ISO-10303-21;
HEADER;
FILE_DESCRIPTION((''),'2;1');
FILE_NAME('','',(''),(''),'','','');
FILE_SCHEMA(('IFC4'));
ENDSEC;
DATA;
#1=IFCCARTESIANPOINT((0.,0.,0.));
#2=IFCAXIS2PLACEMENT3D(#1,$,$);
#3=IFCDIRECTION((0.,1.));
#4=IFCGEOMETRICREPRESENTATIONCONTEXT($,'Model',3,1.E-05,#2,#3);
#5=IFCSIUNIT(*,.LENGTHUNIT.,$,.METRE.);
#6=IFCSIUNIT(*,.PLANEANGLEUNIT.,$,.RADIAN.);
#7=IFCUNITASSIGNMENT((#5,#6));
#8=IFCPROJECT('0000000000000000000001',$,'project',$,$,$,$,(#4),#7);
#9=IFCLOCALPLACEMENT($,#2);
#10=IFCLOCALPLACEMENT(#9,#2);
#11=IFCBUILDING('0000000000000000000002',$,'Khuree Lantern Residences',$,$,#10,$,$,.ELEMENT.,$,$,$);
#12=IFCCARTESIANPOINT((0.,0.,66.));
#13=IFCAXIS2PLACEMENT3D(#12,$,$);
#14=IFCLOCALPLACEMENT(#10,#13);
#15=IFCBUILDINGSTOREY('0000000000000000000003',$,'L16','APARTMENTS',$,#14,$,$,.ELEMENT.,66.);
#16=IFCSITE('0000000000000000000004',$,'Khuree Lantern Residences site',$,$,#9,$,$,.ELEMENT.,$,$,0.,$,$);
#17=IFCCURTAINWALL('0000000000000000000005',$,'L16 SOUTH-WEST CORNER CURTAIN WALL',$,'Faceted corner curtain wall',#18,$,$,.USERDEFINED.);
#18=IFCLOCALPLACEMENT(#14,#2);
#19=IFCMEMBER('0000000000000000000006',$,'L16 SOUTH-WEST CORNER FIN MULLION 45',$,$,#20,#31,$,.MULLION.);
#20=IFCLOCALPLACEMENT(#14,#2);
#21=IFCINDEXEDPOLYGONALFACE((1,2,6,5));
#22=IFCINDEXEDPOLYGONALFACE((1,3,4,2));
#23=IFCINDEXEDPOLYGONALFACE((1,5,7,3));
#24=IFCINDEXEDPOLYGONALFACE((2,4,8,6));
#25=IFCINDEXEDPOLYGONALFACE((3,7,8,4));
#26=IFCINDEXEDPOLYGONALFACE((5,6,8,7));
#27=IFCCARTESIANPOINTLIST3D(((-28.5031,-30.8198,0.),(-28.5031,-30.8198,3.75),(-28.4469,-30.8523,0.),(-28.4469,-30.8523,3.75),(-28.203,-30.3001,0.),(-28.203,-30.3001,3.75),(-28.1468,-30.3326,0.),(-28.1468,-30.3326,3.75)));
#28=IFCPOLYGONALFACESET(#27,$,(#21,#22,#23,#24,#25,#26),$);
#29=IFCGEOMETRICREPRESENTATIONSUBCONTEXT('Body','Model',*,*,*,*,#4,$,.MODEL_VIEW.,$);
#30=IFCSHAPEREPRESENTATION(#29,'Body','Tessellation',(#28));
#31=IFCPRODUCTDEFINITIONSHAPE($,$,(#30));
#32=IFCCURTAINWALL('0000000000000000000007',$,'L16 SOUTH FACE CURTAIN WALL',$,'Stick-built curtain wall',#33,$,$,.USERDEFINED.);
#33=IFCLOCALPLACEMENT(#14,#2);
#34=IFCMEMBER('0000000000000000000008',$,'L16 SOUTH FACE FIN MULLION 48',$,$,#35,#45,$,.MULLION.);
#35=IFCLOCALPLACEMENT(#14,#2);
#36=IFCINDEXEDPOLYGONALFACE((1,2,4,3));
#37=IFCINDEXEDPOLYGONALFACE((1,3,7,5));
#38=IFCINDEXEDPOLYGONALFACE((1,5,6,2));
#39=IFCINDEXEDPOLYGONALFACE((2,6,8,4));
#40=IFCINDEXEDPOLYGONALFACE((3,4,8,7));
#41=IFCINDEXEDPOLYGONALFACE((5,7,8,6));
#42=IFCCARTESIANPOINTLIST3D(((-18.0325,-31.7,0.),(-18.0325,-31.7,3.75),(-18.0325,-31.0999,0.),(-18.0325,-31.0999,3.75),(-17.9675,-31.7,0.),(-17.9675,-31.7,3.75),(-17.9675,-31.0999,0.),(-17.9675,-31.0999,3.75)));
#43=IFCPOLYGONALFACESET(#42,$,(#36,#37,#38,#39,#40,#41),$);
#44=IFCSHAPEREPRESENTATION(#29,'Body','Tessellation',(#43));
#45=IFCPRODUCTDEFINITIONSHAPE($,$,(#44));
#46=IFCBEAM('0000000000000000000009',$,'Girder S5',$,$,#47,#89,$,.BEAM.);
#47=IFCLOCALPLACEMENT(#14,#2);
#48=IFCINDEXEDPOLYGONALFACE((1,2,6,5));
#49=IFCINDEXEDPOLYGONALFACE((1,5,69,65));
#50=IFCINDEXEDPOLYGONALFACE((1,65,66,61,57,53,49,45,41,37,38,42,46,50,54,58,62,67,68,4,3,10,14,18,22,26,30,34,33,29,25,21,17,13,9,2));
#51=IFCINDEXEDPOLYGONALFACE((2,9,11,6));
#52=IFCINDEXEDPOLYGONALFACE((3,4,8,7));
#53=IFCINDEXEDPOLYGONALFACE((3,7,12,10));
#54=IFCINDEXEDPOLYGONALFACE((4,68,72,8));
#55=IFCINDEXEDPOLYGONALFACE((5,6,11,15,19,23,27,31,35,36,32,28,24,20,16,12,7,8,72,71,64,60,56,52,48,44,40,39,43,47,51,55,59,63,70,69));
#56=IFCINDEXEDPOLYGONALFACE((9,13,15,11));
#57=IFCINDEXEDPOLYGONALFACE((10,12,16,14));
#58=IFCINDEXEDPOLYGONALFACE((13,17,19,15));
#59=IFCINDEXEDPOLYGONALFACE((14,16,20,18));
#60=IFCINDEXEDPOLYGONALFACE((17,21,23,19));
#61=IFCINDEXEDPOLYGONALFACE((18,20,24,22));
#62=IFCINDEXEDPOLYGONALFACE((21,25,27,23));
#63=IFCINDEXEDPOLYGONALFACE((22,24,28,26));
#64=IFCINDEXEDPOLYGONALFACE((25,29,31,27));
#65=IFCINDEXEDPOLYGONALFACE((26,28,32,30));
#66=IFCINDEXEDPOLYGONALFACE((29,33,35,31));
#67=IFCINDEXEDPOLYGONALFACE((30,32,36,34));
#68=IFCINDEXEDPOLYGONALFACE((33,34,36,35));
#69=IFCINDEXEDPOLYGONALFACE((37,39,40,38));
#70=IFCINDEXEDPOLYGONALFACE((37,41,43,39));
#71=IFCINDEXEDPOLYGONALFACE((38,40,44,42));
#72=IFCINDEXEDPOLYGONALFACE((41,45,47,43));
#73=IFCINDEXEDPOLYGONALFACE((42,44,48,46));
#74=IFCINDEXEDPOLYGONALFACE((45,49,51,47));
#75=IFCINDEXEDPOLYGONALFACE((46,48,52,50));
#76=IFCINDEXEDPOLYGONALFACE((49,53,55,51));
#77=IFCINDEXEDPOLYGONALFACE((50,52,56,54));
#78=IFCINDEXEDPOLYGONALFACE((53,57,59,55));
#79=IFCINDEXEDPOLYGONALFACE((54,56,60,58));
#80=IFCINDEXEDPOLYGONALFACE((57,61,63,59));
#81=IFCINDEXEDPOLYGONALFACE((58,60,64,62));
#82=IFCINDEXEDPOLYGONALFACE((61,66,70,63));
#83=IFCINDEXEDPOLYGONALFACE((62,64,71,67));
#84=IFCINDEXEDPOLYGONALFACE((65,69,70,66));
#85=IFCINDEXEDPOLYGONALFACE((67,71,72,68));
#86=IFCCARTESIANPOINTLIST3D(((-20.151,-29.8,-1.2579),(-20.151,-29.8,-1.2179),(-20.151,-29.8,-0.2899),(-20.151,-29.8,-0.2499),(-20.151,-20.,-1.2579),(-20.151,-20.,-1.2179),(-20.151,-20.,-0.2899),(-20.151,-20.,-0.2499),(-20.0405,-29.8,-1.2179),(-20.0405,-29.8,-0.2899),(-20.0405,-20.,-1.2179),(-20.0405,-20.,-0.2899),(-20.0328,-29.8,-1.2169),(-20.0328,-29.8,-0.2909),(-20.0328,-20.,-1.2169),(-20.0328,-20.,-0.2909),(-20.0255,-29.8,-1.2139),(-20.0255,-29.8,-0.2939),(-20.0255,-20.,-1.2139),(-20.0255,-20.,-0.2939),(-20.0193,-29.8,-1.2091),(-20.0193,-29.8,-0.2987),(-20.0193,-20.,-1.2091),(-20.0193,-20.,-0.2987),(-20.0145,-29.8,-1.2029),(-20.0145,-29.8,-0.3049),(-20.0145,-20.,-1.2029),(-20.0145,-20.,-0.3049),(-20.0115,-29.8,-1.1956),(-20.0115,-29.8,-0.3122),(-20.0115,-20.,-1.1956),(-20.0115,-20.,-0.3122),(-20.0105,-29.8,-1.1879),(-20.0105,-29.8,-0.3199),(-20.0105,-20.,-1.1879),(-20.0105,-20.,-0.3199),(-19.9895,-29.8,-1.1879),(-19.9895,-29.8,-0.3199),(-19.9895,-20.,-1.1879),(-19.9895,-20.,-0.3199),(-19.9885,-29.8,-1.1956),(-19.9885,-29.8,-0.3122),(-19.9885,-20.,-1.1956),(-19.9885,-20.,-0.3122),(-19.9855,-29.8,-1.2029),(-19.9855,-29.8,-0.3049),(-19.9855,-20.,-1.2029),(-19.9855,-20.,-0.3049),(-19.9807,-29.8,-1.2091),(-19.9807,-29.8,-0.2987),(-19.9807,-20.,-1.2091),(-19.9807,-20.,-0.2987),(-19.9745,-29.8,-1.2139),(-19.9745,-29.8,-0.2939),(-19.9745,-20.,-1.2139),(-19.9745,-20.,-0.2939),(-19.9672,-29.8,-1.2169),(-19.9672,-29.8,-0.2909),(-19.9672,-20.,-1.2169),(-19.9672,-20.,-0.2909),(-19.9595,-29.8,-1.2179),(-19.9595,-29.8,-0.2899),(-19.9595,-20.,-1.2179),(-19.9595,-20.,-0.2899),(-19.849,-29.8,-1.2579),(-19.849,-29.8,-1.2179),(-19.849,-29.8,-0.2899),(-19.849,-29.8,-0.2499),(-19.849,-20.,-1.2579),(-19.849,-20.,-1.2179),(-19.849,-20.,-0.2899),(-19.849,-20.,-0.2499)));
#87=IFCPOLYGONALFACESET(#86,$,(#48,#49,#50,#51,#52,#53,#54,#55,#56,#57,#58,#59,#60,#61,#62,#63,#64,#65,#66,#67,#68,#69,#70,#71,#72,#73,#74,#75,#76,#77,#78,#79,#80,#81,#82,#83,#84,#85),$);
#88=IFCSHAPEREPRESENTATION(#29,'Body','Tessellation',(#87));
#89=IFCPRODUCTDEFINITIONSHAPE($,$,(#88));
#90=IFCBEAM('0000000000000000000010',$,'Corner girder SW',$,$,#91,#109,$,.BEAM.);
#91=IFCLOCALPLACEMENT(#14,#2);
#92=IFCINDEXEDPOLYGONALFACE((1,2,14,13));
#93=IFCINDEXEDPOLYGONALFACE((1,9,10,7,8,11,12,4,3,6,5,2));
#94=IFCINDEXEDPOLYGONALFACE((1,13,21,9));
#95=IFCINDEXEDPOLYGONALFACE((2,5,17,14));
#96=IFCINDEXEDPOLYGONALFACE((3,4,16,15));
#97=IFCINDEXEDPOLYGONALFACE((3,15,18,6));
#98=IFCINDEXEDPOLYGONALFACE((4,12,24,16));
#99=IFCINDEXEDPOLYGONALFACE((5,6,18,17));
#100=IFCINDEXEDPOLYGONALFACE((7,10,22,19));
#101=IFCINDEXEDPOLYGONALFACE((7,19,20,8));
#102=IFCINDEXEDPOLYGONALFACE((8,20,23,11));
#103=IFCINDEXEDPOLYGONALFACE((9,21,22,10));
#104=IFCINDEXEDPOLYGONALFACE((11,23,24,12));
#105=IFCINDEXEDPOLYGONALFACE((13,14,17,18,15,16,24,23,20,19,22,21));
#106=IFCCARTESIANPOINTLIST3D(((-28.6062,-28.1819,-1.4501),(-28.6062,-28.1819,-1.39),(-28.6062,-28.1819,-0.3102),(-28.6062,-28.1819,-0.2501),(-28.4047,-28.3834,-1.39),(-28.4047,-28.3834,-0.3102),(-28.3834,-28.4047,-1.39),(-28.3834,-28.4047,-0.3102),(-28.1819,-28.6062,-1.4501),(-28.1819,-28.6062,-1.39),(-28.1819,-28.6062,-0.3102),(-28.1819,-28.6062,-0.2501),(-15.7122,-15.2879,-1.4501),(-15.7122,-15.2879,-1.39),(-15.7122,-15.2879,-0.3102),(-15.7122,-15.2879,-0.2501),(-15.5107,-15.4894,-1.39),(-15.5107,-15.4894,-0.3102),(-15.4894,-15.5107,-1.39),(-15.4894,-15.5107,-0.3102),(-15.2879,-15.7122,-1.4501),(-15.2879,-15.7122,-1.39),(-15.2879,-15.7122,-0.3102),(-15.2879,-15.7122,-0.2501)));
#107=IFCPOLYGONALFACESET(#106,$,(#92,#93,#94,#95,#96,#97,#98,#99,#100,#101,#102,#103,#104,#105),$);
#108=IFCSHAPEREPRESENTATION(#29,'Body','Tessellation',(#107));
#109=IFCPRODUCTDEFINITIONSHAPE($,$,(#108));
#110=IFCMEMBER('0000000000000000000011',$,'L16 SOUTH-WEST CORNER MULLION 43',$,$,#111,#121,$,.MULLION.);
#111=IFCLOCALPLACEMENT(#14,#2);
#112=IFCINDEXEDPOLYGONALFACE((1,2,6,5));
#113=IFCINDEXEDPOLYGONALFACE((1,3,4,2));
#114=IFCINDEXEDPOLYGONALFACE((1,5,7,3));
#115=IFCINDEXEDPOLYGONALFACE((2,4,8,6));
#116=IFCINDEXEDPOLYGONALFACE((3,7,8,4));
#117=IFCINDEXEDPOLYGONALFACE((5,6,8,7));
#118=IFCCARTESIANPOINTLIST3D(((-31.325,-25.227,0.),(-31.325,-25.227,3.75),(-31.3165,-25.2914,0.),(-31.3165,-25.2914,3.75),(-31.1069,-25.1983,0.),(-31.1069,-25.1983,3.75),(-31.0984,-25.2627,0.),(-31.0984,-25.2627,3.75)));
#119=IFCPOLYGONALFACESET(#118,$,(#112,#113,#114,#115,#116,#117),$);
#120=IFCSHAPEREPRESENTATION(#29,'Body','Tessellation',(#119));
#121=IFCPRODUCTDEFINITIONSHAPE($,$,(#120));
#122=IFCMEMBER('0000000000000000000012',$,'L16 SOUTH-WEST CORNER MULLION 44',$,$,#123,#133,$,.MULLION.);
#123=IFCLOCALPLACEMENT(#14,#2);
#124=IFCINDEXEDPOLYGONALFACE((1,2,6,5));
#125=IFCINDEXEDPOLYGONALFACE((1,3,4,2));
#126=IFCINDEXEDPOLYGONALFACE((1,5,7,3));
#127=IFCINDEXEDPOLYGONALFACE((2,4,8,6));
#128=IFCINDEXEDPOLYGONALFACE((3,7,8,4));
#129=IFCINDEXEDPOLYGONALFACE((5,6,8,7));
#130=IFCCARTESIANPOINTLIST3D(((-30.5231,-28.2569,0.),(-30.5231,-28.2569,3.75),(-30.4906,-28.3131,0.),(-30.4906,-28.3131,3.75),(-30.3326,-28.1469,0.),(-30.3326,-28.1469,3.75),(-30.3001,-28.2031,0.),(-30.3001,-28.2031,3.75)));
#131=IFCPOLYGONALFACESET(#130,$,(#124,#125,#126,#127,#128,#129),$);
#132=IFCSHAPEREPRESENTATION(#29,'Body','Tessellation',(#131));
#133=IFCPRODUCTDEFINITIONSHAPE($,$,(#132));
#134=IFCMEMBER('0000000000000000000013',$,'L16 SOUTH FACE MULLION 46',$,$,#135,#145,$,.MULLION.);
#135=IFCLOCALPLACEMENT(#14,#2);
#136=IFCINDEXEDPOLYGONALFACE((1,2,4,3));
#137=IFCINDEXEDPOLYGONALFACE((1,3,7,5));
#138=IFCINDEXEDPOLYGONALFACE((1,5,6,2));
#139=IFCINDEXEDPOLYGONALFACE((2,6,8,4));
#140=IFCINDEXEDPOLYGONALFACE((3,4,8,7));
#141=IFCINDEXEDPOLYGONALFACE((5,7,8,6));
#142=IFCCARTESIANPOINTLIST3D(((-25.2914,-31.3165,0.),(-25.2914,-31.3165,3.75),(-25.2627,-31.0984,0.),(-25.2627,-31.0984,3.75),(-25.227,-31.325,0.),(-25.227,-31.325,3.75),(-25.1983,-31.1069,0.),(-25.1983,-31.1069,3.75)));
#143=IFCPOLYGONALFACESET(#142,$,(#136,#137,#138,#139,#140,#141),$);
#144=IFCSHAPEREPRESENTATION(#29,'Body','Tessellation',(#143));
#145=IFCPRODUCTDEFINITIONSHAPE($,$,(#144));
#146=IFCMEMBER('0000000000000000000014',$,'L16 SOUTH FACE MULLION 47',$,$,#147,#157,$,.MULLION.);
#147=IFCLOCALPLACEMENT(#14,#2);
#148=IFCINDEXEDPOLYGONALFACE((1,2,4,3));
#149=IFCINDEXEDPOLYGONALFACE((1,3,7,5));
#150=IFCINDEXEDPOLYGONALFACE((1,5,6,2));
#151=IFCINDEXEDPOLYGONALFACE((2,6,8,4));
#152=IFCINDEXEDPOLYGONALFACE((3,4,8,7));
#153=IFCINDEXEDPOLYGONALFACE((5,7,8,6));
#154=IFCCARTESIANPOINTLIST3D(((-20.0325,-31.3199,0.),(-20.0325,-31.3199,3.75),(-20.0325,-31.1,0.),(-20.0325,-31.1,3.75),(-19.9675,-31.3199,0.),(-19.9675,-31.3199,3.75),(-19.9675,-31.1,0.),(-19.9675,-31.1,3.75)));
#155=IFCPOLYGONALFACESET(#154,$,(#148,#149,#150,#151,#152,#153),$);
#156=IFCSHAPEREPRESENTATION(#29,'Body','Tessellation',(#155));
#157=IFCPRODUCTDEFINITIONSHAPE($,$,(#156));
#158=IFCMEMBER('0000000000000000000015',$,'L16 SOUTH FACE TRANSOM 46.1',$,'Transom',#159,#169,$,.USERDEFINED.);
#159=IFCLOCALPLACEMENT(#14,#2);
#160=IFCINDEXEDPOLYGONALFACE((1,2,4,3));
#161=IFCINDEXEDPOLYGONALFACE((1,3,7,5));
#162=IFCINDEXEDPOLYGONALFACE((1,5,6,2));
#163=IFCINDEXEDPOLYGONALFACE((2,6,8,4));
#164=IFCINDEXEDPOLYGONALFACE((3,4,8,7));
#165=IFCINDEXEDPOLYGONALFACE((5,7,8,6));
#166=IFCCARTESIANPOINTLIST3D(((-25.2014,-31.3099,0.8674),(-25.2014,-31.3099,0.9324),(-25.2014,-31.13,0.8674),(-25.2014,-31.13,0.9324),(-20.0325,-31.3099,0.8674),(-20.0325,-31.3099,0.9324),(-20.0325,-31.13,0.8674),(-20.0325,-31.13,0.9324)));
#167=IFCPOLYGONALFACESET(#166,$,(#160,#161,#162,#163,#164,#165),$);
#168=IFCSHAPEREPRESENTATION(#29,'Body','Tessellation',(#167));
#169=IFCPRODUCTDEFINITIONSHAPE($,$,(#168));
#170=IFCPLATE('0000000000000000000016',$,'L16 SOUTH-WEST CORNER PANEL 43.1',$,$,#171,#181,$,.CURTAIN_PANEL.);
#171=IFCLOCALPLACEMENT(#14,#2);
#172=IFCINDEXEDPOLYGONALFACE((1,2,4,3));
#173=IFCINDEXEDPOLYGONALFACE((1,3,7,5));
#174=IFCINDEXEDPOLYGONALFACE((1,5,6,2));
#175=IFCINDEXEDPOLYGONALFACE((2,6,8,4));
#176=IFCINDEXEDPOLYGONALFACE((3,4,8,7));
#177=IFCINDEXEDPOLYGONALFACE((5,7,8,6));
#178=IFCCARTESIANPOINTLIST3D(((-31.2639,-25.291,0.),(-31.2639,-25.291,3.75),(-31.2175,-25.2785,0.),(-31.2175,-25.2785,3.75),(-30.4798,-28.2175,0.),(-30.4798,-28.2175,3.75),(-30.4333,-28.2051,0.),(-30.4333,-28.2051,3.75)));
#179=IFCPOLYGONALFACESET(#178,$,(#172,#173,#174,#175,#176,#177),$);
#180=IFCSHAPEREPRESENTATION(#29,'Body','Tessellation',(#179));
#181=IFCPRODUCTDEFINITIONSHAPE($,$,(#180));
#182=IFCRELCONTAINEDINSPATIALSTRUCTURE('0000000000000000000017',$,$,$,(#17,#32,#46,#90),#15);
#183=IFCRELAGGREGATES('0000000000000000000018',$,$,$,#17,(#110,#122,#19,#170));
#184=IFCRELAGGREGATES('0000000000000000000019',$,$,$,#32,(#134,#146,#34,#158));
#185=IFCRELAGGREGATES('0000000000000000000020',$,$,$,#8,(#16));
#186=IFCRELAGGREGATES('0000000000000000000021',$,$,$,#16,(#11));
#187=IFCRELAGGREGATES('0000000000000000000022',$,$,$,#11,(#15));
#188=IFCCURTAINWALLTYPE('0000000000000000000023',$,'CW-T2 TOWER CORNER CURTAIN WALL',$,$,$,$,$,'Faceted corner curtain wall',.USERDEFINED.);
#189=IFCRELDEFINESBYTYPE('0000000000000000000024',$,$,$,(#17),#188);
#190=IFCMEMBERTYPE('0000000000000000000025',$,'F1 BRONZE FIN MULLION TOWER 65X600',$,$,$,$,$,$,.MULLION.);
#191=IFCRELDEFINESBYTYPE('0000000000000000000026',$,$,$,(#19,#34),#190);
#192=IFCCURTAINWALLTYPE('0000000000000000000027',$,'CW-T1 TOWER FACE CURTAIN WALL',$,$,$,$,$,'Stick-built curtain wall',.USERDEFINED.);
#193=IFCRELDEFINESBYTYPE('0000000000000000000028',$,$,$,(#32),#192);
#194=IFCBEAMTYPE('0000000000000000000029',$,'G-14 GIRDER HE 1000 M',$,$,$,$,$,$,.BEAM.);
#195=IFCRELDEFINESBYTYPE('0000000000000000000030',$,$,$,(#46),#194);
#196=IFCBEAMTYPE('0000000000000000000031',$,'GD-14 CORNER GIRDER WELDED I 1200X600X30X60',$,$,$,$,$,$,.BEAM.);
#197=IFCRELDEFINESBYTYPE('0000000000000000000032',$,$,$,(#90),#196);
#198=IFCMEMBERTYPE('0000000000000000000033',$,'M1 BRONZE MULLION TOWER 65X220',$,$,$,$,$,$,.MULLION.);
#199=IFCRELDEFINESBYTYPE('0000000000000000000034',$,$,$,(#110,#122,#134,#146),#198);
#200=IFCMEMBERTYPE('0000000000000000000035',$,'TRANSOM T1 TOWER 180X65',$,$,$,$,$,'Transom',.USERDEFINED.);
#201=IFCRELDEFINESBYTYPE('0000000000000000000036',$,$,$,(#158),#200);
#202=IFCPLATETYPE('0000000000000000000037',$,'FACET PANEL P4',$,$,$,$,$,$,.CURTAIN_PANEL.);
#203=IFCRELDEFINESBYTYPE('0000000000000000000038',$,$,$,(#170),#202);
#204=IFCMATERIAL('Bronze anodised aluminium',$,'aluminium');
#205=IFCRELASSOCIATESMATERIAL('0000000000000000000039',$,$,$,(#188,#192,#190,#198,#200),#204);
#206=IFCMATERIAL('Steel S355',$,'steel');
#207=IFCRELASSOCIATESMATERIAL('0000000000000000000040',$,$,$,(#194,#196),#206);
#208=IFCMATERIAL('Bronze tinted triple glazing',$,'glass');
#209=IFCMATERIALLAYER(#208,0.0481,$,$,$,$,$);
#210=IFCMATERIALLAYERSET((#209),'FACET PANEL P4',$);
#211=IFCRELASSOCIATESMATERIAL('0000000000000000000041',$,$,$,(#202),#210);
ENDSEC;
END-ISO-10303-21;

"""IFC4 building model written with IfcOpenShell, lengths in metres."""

from ifc_helpers import new_model, si_unit, direction, frame, origin, origin_2d, place, context, subcontext, project, spatial, rectangle, i_section, extrude, material, layer, layer_set, material_profile, profile_set, type_object, element, aggregate, save


model = new_model("IFC4")

# Units and contexts
model_context = context("Model", 3, precision=1e-05, world=origin(), true_north=direction((0.0, 1.0)))
body_context = subcontext(model_context, "Body", "Model", "MODEL_VIEW")
ifc_project = project(units=[si_unit("LENGTHUNIT", "METRE"), si_unit("PLANEANGLEUNIT", "RADIAN")], contexts=[model_context])

# Site, building, storey
site_placement = place(None, origin())
site = spatial("IfcSite", under=ifc_project, at=site_placement, Name="Khuree Lantern Residences site", CompositionType="ELEMENT", RefElevation=0.0)
building_placement = place(site_placement, origin())
building = spatial("IfcBuilding", under=site, at=building_placement, Name="Khuree Lantern Residences", CompositionType="ELEMENT")
storey_placement = place(building_placement, frame((0.0, 0.0, 66.0)))
storey = spatial("IfcBuildingStorey", under=building, at=storey_placement, Name="L16", Description="APARTMENTS", CompositionType="ELEMENT", Elevation=66.0)

# Shared definitions
ifc_material_1 = material(Name="Steel S355", Category="steel")

# Curtain walls, members
ifc_material_2 = material(Name="Bronze anodised aluminium", Category="aluminium")
curtain_wall_type_1 = type_object("IfcCurtainWallType", Name="CW-T2 TOWER CORNER CURTAIN WALL", ElementType="Faceted corner curtain wall", PredefinedType="USERDEFINED", material=ifc_material_2)
curtain_wall_1_placement = place(storey_placement, origin())
curtain_wall_1 = element("IfcCurtainWall", 1, at=curtain_wall_1_placement, inside=storey, type_object=curtain_wall_type_1, Name="L16 SOUTH-WEST CORNER CURTAIN WALL", ObjectType="Faceted corner curtain wall", PredefinedType="USERDEFINED")
ifc_material_profile_1 = material_profile(ifc_material_2, rectangle(XDim=0.0649, YDim=0.6001, at=origin_2d()), Name="F1 65X600")
ifc_profile_set_1 = profile_set([ifc_material_profile_1], Name="Bronze anodised aluminium")
member_type_1 = type_object("IfcMemberType", Name="F1 BRONZE FIN MULLION TOWER 65X600", PredefinedType="MULLION", material=ifc_profile_set_1)
member_1_placement = place(storey_placement, frame((-28.325, -30.5762, 0.0), z_axis=(0.0, 0.0, 1.0), x_axis=(0.866025, -0.5, 0.0)))
member_1 = element("IfcMember", 2, at=member_1_placement, type_object=member_type_1, Name="L16 SOUTH-WEST CORNER FIN MULLION 45", PredefinedType="MULLION", context=body_context, shape_type="SweptSolid", body=[
    extrude(rectangle(XDim=0.0649, YDim=0.6001, at=origin_2d()), origin(), (0.0, 0.0, 1.0), 3.75),
])
curtain_wall_type_2 = type_object("IfcCurtainWallType", Name="CW-T1 TOWER FACE CURTAIN WALL", ElementType="Stick-built curtain wall", PredefinedType="USERDEFINED", material=ifc_material_2)
curtain_wall_2_placement = place(storey_placement, origin())
curtain_wall_2 = element("IfcCurtainWall", 3, at=curtain_wall_2_placement, inside=storey, type_object=curtain_wall_type_2, Name="L16 SOUTH FACE CURTAIN WALL", ObjectType="Stick-built curtain wall", PredefinedType="USERDEFINED")
member_2_placement = place(storey_placement, frame((-18.0, -31.3999, 0.0), z_axis=(0.0, 0.0, 1.0), x_axis=(1.0, 0.0, 0.0)))
member_2 = element("IfcMember", 4, at=member_2_placement, type_object=member_type_1, Name="L16 SOUTH FACE FIN MULLION 48", PredefinedType="MULLION", context=body_context, shape_type="SweptSolid", body=[
    extrude(rectangle(XDim=0.0649, YDim=0.6001, at=origin_2d()), origin(), (0.0, 0.0, 1.0), 3.75),
])

# Beams
ifc_material_profile_2 = material_profile(ifc_material_1, i_section(OverallWidth=0.302, OverallDepth=1.0081, WebThickness=0.021, FlangeThickness=0.04, FilletRadius=0.03, at=origin_2d()), Name="HE 1000 M")
ifc_profile_set_2 = profile_set([ifc_material_profile_2], Name="Steel S355")
beam_type_1 = type_object("IfcBeamType", Name="G-14 GIRDER HE 1000 M", PredefinedType="BEAM", material=ifc_profile_set_2)
beam_1_placement = place(storey_placement, frame((-20.0, -29.8, -0.7539), z_axis=(0.0, 1.0, 0.0), x_axis=(-1.0, 0.0, 0.0)))
element("IfcBeam", 5, at=beam_1_placement, inside=storey, type_object=beam_type_1, Name="Girder S5", PredefinedType="BEAM", context=body_context, shape_type="SweptSolid", body=[
    extrude(i_section(OverallWidth=0.302, OverallDepth=1.0081, WebThickness=0.021, FlangeThickness=0.04, FilletRadius=0.03, at=origin_2d()), origin(), (0.0, 0.0, 1.0), 9.8),
])
ifc_material_profile_3 = material_profile(ifc_material_1, i_section(OverallWidth=0.6001, OverallDepth=1.2, WebThickness=0.03, FlangeThickness=0.0601, at=origin_2d()), Name="WELDED I 1200X600X30X60")
ifc_profile_set_3 = profile_set([ifc_material_profile_3], Name="Steel S355")
beam_type_2 = type_object("IfcBeamType", Name="GD-14 CORNER GIRDER WELDED I 1200X600X30X60", PredefinedType="BEAM", material=ifc_profile_set_3)
beam_2_placement = place(storey_placement, frame((-28.394, -28.394, -0.8501), z_axis=(0.707107, 0.707107, 0.0), x_axis=(-0.707107, 0.707107, 0.0)))
element("IfcBeam", 6, at=beam_2_placement, inside=storey, type_object=beam_type_2, Name="Corner girder SW", PredefinedType="BEAM", context=body_context, shape_type="SweptSolid", body=[
    extrude(i_section(OverallWidth=0.6001, OverallDepth=1.2, WebThickness=0.03, FlangeThickness=0.0601, at=origin_2d()), origin(), (0.0, 0.0, 1.0), 18.2349),
])

# Members
ifc_material_profile_4 = material_profile(ifc_material_2, rectangle(XDim=0.0649, YDim=0.22, at=origin_2d()), Name="M1 65X220")
ifc_profile_set_4 = profile_set([ifc_material_profile_4], Name="Bronze anodised aluminium")
member_type_2 = type_object("IfcMemberType", Name="M1 BRONZE MULLION TOWER 65X220", PredefinedType="MULLION", material=ifc_profile_set_4)
member_3_placement = place(storey_placement, frame((-31.2117, -25.2449, 0.0), z_axis=(0.0, 0.0, 1.0), x_axis=(0.130526, -0.991445, 0.0)))
member_3 = element("IfcMember", 7, at=member_3_placement, type_object=member_type_2, Name="L16 SOUTH-WEST CORNER MULLION 43", PredefinedType="MULLION", context=body_context, shape_type="SweptSolid", body=[
    extrude(rectangle(XDim=0.0649, YDim=0.22, at=origin_2d()), origin(), (0.0, 0.0, 1.0), 3.75),
])
member_4_placement = place(storey_placement, frame((-30.4116, -28.23, 0.0), z_axis=(0.0, 0.0, 1.0), x_axis=(0.5, -0.866025, 0.0)))
member_4 = element("IfcMember", 8, at=member_4_placement, type_object=member_type_2, Name="L16 SOUTH-WEST CORNER MULLION 44", PredefinedType="MULLION", context=body_context, shape_type="SweptSolid", body=[
    extrude(rectangle(XDim=0.0649, YDim=0.22, at=origin_2d()), origin(), (0.0, 0.0, 1.0), 3.75),
])
member_5_placement = place(storey_placement, frame((-25.2449, -31.2117, 0.0), z_axis=(0.0, 0.0, 1.0), x_axis=(0.991445, -0.130526, 0.0)))
member_5 = element("IfcMember", 9, at=member_5_placement, type_object=member_type_2, Name="L16 SOUTH FACE MULLION 46", PredefinedType="MULLION", context=body_context, shape_type="SweptSolid", body=[
    extrude(rectangle(XDim=0.0649, YDim=0.22, at=origin_2d()), origin(), (0.0, 0.0, 1.0), 3.75),
])
member_6_placement = place(storey_placement, frame((-20.0, -31.21, 0.0), z_axis=(0.0, 0.0, 1.0), x_axis=(1.0, 0.0, 0.0)))
member_6 = element("IfcMember", 10, at=member_6_placement, type_object=member_type_2, Name="L16 SOUTH FACE MULLION 47", PredefinedType="MULLION", context=body_context, shape_type="SweptSolid", body=[
    extrude(rectangle(XDim=0.0649, YDim=0.22, at=origin_2d()), origin(), (0.0, 0.0, 1.0), 3.75),
])
ifc_material_profile_5 = material_profile(ifc_material_2, rectangle(XDim=0.1799, YDim=0.0649, at=origin_2d()), Name="T1 180X65")
ifc_profile_set_5 = profile_set([ifc_material_profile_5], Name="Bronze anodised aluminium")
member_type_3 = type_object("IfcMemberType", Name="TRANSOM T1 TOWER 180X65", ElementType="Transom", PredefinedType="USERDEFINED", material=ifc_profile_set_5)
member_7_placement = place(storey_placement, frame((-25.2014, -31.22, 0.8999), z_axis=(1.0, 0.0, 0.0), x_axis=(0.0, 1.0, 0.0)))
member_7 = element("IfcMember", 11, at=member_7_placement, type_object=member_type_3, Name="L16 SOUTH FACE TRANSOM 46.1", ObjectType="Transom", PredefinedType="USERDEFINED", context=body_context, shape_type="SweptSolid", body=[
    extrude(rectangle(XDim=0.1799, YDim=0.0649, at=origin_2d()), origin(), (0.0, 0.0, 1.0), 5.1689),
])

# Plate
ifc_material_3 = material(Name="Bronze tinted triple glazing", Category="glass")
ifc_layer_1 = layer(ifc_material_3, 0.0481)
ifc_layer_set_1 = layer_set([ifc_layer_1], Name="FACET PANEL P4")
plate_type_1 = type_object("IfcPlateType", Name="FACET PANEL P4", PredefinedType="CURTAIN_PANEL", material=ifc_layer_set_1)
plate_1_placement = place(storey_placement, frame((-30.8486, -26.748, 0.0), z_axis=(0.0, 0.0, 1.0), x_axis=(0.258819, -0.965926, 0.0)))
plate_1 = element("IfcPlate", 12, at=plate_1_placement, type_object=plate_type_1, Name="L16 SOUTH-WEST CORNER PANEL 43.1", PredefinedType="CURTAIN_PANEL", context=body_context, shape_type="SweptSolid", body=[
    extrude(rectangle(XDim=3.0298, YDim=0.0481, at=origin_2d()), origin(), (0.0, 0.0, 1.0), 3.75),
])
aggregate(curtain_wall_1, [member_3, member_4, member_1, plate_1])
aggregate(curtain_wall_2, [member_5, member_6, member_2, member_7])

save(model, "model.ifc")
